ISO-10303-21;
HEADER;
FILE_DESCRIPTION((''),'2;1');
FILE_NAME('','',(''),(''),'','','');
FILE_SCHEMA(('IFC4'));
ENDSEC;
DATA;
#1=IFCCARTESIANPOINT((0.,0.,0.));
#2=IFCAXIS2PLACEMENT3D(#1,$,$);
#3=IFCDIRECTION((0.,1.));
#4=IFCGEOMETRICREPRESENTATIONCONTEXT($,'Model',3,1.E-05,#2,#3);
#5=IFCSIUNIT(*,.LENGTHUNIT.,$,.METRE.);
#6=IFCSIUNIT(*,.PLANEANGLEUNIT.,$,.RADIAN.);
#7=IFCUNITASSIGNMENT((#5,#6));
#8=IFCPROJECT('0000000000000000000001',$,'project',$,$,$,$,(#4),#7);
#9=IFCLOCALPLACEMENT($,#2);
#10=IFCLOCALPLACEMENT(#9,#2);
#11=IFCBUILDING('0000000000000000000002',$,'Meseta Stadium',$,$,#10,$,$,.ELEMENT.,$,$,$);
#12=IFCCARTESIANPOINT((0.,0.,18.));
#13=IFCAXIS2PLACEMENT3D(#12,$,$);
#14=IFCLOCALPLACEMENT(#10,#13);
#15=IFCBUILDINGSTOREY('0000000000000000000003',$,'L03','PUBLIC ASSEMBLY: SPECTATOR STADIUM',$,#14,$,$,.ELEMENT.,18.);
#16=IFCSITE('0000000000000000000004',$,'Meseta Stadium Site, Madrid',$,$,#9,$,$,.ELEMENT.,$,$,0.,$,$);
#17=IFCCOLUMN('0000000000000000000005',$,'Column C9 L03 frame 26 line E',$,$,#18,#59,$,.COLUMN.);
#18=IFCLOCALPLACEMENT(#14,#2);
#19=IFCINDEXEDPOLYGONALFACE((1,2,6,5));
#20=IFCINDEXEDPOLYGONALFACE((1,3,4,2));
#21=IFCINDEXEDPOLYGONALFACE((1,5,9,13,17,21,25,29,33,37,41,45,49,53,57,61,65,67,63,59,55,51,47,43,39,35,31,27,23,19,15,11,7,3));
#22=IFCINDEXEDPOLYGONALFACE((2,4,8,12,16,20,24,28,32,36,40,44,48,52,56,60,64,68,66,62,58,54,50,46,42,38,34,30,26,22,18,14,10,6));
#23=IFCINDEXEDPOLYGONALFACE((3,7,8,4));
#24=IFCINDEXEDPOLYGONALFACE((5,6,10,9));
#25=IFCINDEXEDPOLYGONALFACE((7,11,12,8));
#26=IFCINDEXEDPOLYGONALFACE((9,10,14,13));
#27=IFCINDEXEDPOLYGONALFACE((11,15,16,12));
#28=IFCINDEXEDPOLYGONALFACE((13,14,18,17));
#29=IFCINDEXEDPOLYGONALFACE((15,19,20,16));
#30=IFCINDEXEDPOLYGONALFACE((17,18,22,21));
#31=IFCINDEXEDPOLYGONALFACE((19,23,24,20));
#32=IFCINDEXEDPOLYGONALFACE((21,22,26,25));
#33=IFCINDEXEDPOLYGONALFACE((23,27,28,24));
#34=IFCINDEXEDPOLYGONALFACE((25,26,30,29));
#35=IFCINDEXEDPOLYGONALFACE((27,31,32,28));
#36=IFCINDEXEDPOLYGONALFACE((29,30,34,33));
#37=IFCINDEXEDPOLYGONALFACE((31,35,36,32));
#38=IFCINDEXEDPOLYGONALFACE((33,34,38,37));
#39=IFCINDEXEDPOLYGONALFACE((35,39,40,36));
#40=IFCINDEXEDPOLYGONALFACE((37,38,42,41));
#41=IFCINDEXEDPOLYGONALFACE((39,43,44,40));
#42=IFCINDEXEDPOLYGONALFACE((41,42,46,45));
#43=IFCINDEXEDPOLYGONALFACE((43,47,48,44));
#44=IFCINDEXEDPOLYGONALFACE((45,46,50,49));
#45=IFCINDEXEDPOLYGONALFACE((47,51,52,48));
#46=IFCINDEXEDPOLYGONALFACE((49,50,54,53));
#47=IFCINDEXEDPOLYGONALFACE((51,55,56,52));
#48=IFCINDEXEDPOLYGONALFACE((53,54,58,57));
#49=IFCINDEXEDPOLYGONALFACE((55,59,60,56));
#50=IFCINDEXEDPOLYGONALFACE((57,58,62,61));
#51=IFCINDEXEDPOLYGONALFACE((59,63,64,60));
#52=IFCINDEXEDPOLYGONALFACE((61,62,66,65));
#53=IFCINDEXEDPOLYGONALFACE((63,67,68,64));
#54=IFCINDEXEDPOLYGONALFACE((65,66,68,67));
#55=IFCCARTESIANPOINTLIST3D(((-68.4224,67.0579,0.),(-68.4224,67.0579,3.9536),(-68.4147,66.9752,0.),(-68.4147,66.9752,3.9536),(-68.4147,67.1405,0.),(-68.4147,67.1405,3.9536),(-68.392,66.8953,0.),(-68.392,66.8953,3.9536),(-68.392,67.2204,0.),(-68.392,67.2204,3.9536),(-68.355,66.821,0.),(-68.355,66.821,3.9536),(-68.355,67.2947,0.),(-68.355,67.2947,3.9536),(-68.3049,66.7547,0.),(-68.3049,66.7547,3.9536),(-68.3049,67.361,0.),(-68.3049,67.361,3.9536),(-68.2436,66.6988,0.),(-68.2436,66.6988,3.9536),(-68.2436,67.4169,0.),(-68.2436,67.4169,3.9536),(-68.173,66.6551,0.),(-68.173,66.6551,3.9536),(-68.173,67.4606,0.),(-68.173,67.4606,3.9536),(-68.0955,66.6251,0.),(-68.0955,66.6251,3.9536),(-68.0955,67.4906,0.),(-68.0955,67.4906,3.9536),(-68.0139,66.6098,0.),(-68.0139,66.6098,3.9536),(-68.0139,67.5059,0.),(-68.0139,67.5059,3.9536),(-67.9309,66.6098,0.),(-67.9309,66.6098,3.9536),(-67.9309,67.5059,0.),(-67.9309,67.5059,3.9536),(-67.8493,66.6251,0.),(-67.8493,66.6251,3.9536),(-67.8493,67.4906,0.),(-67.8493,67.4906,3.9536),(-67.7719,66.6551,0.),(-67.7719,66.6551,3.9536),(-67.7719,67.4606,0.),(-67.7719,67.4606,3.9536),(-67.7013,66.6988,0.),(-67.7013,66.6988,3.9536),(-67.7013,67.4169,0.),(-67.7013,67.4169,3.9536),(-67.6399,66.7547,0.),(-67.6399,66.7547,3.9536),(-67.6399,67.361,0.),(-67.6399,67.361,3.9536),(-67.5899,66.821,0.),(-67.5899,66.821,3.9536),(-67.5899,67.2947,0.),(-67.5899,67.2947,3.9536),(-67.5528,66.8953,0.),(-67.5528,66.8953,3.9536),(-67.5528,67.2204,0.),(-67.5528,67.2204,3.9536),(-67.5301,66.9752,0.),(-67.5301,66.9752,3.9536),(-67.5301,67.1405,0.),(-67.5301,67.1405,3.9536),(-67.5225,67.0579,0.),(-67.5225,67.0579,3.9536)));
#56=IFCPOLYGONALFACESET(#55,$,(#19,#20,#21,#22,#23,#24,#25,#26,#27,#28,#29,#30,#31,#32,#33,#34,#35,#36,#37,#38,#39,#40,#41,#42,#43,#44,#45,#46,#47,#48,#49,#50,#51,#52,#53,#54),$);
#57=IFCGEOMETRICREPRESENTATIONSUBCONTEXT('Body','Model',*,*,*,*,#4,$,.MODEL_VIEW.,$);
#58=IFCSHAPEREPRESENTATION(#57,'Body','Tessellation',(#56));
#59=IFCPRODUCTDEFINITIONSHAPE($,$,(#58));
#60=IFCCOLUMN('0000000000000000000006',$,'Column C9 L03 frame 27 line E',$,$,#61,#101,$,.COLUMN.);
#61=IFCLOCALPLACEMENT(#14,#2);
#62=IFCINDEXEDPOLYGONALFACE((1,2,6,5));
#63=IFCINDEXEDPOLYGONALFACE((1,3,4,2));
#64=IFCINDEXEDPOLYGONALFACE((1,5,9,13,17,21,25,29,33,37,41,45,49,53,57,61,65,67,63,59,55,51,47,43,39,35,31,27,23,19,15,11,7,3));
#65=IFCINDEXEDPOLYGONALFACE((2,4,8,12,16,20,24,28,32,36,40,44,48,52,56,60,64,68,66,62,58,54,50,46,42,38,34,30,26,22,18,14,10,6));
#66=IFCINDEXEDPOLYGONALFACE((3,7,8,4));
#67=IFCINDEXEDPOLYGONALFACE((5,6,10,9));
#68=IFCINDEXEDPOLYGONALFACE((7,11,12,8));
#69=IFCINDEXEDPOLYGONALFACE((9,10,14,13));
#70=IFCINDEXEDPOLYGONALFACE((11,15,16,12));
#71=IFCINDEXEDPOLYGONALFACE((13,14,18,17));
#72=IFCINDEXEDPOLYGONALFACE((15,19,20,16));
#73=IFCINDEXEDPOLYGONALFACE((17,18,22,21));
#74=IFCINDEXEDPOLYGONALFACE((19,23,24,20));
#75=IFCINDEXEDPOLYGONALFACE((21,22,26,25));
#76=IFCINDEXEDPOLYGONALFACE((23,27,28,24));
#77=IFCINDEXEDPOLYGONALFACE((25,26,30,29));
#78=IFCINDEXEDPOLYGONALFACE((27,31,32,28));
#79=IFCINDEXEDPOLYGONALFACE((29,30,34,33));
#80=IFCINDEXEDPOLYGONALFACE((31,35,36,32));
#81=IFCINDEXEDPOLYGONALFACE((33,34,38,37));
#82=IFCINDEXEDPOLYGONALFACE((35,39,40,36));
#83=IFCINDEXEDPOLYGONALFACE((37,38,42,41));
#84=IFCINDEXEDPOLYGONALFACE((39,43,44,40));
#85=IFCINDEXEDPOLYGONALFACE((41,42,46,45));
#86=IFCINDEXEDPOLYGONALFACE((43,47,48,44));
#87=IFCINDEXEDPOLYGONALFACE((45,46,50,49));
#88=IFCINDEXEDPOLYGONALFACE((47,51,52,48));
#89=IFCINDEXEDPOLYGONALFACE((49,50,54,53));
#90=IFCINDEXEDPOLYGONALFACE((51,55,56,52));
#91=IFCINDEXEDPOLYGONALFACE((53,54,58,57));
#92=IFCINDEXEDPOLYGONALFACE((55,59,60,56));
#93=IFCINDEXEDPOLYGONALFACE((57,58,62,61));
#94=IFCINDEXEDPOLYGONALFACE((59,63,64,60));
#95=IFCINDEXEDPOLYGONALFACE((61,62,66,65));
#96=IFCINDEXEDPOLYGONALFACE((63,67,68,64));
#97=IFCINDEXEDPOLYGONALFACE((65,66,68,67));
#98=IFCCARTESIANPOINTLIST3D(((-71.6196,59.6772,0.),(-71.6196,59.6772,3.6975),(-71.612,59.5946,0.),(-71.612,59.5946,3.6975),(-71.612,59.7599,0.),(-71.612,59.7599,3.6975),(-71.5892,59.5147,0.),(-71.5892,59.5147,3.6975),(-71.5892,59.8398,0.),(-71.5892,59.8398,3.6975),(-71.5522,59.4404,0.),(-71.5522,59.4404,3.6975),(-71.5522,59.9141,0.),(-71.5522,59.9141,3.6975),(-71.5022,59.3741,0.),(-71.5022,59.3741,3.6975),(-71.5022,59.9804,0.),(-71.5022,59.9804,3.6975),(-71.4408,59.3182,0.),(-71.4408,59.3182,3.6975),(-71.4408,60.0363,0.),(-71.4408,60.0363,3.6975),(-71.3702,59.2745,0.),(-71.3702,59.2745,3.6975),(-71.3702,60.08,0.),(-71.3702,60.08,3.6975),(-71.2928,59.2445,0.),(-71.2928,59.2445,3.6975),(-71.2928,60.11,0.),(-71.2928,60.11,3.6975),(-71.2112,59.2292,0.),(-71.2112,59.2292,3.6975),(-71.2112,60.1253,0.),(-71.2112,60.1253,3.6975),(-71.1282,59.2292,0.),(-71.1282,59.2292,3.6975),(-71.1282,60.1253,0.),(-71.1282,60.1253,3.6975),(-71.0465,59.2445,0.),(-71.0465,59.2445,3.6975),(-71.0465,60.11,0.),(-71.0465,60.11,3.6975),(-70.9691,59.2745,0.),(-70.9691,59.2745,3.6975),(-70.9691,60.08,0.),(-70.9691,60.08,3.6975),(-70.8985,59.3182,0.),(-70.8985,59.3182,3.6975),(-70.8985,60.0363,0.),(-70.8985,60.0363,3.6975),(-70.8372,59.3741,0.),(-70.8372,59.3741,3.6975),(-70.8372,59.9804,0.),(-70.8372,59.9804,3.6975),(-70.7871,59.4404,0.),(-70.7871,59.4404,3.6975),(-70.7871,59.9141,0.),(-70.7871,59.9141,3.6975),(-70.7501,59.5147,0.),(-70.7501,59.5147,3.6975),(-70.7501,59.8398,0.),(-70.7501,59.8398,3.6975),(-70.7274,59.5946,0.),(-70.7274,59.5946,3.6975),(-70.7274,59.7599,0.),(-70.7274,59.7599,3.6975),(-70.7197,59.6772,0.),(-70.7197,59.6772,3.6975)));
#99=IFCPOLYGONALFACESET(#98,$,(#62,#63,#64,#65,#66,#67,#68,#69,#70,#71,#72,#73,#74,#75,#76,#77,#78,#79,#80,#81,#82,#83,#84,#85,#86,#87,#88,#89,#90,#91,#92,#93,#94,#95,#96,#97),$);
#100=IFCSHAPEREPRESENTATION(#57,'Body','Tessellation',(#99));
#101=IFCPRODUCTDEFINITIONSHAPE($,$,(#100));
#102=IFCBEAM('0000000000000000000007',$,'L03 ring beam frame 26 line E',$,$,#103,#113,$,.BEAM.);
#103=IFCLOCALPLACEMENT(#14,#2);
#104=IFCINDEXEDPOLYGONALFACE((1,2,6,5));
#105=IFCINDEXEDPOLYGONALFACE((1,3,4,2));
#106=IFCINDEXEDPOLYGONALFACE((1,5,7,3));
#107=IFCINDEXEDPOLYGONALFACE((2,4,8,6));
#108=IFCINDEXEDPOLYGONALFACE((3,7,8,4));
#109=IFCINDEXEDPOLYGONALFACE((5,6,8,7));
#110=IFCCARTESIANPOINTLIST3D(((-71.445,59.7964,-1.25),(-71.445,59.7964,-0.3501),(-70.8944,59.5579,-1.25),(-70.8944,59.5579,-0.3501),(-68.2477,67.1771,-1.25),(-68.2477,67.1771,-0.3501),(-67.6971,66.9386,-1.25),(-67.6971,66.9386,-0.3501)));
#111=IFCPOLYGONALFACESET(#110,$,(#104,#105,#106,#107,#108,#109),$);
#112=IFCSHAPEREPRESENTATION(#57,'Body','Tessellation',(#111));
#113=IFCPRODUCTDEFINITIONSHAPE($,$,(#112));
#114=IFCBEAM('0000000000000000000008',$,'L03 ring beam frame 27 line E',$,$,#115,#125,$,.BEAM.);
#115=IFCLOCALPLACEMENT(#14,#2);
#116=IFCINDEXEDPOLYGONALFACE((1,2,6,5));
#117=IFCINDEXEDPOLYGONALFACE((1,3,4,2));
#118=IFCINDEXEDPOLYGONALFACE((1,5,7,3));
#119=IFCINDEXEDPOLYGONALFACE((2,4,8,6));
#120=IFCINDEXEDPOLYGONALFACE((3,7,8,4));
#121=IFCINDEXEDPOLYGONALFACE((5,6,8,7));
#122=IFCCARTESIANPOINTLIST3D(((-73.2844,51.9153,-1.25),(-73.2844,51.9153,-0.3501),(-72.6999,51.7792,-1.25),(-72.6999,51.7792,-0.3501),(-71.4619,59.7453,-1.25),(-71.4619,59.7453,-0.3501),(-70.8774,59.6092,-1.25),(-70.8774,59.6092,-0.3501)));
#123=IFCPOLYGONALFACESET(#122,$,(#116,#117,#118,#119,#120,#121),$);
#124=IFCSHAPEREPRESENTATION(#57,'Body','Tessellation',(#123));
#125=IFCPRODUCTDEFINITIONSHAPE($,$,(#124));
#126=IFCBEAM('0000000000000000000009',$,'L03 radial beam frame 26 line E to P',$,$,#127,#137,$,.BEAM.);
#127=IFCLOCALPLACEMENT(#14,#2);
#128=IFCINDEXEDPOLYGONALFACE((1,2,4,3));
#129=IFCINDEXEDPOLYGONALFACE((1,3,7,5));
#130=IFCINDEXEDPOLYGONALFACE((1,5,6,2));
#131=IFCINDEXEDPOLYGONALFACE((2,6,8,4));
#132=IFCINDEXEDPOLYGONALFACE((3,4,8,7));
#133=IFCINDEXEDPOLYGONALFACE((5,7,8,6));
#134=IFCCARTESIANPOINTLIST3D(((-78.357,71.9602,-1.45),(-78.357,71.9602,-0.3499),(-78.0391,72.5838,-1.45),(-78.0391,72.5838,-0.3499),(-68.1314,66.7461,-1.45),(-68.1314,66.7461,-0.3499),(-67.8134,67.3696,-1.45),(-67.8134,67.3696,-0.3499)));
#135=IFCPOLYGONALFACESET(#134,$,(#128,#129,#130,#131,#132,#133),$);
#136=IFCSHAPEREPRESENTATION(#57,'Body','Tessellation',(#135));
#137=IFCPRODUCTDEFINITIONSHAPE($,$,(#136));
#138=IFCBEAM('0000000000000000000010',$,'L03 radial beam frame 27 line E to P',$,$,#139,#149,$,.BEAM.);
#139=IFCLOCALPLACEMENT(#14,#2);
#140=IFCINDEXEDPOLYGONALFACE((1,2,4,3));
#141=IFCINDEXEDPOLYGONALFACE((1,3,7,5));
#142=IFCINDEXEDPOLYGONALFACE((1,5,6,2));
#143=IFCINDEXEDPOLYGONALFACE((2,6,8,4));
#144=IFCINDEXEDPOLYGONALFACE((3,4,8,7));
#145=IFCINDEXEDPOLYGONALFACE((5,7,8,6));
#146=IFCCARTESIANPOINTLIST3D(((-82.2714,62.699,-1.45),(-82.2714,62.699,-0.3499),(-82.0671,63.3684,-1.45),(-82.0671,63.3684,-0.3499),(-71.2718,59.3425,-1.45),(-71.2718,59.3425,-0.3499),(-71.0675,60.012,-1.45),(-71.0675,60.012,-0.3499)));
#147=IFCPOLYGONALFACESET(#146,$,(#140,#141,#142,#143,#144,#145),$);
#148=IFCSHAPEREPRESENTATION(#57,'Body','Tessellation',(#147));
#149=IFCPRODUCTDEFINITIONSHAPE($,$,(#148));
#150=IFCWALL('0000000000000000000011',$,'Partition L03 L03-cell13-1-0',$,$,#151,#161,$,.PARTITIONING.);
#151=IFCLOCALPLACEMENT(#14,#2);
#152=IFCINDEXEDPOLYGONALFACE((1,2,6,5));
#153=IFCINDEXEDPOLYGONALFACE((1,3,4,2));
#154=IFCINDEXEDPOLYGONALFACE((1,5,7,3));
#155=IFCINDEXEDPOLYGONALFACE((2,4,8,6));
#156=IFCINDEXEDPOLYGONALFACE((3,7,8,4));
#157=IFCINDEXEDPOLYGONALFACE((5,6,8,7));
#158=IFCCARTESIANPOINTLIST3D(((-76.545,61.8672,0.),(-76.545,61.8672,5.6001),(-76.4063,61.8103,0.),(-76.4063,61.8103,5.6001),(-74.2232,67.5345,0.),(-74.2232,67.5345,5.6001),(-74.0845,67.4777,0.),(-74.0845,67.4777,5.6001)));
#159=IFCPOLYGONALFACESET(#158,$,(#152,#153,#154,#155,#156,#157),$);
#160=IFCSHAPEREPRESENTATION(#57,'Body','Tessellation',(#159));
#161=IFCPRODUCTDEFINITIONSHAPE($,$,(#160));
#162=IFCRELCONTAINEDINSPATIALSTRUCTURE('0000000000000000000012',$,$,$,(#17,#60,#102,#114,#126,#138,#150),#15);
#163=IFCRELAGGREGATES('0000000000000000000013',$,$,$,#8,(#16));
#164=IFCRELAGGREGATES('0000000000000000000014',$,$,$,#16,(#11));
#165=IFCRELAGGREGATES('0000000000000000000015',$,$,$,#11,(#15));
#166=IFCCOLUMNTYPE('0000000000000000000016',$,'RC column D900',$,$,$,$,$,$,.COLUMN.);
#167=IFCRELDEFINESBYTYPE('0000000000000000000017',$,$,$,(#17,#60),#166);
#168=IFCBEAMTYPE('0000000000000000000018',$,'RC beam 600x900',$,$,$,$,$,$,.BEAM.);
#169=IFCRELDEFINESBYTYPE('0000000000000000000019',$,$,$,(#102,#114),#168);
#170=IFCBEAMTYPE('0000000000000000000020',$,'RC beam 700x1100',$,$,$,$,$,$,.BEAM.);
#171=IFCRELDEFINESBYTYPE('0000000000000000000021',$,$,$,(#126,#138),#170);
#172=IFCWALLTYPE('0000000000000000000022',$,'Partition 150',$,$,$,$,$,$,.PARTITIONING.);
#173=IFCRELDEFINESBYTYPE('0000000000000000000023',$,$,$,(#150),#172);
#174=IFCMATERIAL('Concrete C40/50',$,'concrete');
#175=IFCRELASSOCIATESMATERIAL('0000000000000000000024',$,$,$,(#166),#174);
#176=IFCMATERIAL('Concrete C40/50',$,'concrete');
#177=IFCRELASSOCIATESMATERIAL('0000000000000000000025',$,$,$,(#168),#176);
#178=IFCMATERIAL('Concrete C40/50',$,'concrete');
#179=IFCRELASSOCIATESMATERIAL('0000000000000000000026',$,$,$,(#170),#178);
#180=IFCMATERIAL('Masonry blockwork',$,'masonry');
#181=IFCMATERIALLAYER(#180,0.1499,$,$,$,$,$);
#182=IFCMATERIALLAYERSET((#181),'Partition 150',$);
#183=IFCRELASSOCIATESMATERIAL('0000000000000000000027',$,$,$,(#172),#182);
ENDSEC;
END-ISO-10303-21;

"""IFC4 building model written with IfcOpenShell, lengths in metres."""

from ifc_helpers import new_model, si_unit, direction, frame, frame_2d, origin, origin_2d, place, context, subcontext, project, spatial, rectangle, circle, extrude, material, layer, layer_set, material_profile, profile_set, type_object, element, save


model = new_model("IFC4")

# Units and contexts
model_context = context("Model", 3, precision=1e-05, world=origin(), true_north=direction((0.0, 1.0)))
body_context = subcontext(model_context, "Body", "Model", "MODEL_VIEW")
ifc_project = project(units=[si_unit("LENGTHUNIT", "METRE"), si_unit("PLANEANGLEUNIT", "RADIAN")], contexts=[model_context])

# Site, building, storey
site_placement = place(None, origin())
site = spatial("IfcSite", under=ifc_project, at=site_placement, Name="Meseta Stadium Site, Madrid", CompositionType="ELEMENT", RefElevation=0.0)
building_placement = place(site_placement, origin())
building = spatial("IfcBuilding", under=site, at=building_placement, Name="Meseta Stadium", CompositionType="ELEMENT")
storey_placement = place(building_placement, frame((0.0, 0.0, 18.0)))
storey = spatial("IfcBuildingStorey", under=building, at=storey_placement, Name="L03", Description="PUBLIC ASSEMBLY: SPECTATOR STADIUM", CompositionType="ELEMENT", Elevation=18.0)

# Columns
ifc_material_1 = material(Name="Concrete C40/50", Category="concrete")
ifc_material_profile_1 = material_profile(ifc_material_1, circle(Radius=0.45, at=origin_2d()), Name="RC D900")
ifc_profile_set_1 = profile_set([ifc_material_profile_1], Name="Concrete C40/50")
column_type = type_object("IfcColumnType", Name="RC column D900", PredefinedType="COLUMN", material=ifc_profile_set_1)
column_1_placement = place(storey_placement, frame((-67.9724, 67.0579, 0.0), z_axis=(0.0, 0.0, 1.0), x_axis=(1.0, 0.0, 0.0)))
element("IfcColumn", 1, at=column_1_placement, inside=storey, type_object=column_type, Name="Column C9 L03 frame 26 line E", PredefinedType="COLUMN", context=body_context, shape_type="SweptSolid", body=[
    extrude(circle(Radius=0.45, at=origin_2d()), origin(), (0.0, 0.0, 1.0), 3.9536),
])
column_2_placement = place(storey_placement, frame((-71.1697, 59.6772, 0.0), z_axis=(0.0, 0.0, 1.0), x_axis=(1.0, 0.0, 0.0)))
element("IfcColumn", 2, at=column_2_placement, inside=storey, type_object=column_type, Name="Column C9 L03 frame 27 line E", PredefinedType="COLUMN", context=body_context, shape_type="SweptSolid", body=[
    extrude(circle(Radius=0.45, at=origin_2d()), origin(), (0.0, 0.0, 1.0), 3.6975),
])

# Beams
ifc_material_2 = material(Name="Concrete C40/50", Category="concrete")
ifc_material_profile_2 = material_profile(ifc_material_2, rectangle(XDim=0.6001, YDim=0.8999, at=origin_2d()), Name="RC 600x900")
ifc_profile_set_2 = profile_set([ifc_material_profile_2], Name="Concrete C40/50")
beam_type_1 = type_object("IfcBeamType", Name="RC beam 600x900", PredefinedType="BEAM", material=ifc_profile_set_2)
beam_1_placement = place(storey_placement, frame((-67.9724, 67.0579, -0.8), z_axis=(-0.397503, -0.917601, 0.0), x_axis=(0.917601, -0.397503, 0.0)))
element("IfcBeam", 3, at=beam_1_placement, inside=storey, type_object=beam_type_1, Name="L03 ring beam frame 26 line E", PredefinedType="BEAM", context=body_context, shape_type="SweptSolid", body=[
    extrude(rectangle(XDim=0.6001, YDim=0.8999, at=origin_2d()), origin(), (0.0, 0.0, 1.0), 8.0435),
])
beam_2_placement = place(storey_placement, frame((-71.1697, 59.6772, -0.8), z_axis=(-0.226698, -0.973965, 0.0), x_axis=(0.973965, -0.226698, 0.0)))
element("IfcBeam", 4, at=beam_2_placement, inside=storey, type_object=beam_type_1, Name="L03 ring beam frame 27 line E", PredefinedType="BEAM", context=body_context, shape_type="SweptSolid", body=[
    extrude(rectangle(XDim=0.6001, YDim=0.8999, at=origin_2d()), origin(), (0.0, 0.0, 1.0), 8.0393),
])
ifc_material_3 = material(Name="Concrete C40/50", Category="concrete")
ifc_material_profile_3 = material_profile(ifc_material_3, rectangle(XDim=0.7, YDim=1.1001, at=origin_2d()), Name="RC 700x1100")
ifc_profile_set_3 = profile_set([ifc_material_profile_3], Name="Concrete C40/50")
beam_type_2 = type_object("IfcBeamType", Name="RC beam 700x1100", PredefinedType="BEAM", material=ifc_profile_set_3)
beam_3_placement = place(storey_placement, frame((-67.9724, 67.0579, -0.8999), z_axis=(-0.890869, 0.454261, 0.0), x_axis=(-0.454261, -0.890869, 0.0)))
element("IfcBeam", 5, at=beam_3_placement, inside=storey, type_object=beam_type_2, Name="L03 radial beam frame 26 line E to P", PredefinedType="BEAM", context=body_context, shape_type="SweptSolid", body=[
    extrude(rectangle(XDim=0.7, YDim=1.1001, at=origin_2d()), origin(), (0.0, 0.0, 1.0), 11.4783),
])
beam_4_placement = place(storey_placement, frame((-71.1697, 59.6772, -0.8999), z_axis=(-0.956461, 0.291859, 0.0), x_axis=(-0.291859, -0.956461, 0.0)))
element("IfcBeam", 6, at=beam_4_placement, inside=storey, type_object=beam_type_2, Name="L03 radial beam frame 27 line E to P", PredefinedType="BEAM", context=body_context, shape_type="SweptSolid", body=[
    extrude(rectangle(XDim=0.7, YDim=1.1001, at=origin_2d()), origin(), (0.0, 0.0, 1.0), 11.5002),
])

# Wall
ifc_material_4 = material(Name="Masonry blockwork", Category="masonry")
ifc_layer_1 = layer(ifc_material_4, 0.1499)
ifc_layer_set_1 = layer_set([ifc_layer_1], Name="Partition 150")
wall_type = type_object("IfcWallType", Name="Partition 150", PredefinedType="PARTITIONING", material=ifc_layer_set_1)
wall_placement = place(storey_placement, frame((-74.1538, 67.5061, 0.0), z_axis=(0.0, 0.0, 1.0), x_axis=(-0.379103, -0.925354, 0.0)))
element("IfcWall", 7, at=wall_placement, inside=storey, type_object=wall_type, Name="Partition L03 L03-cell13-1-0", PredefinedType="PARTITIONING", context=body_context, shape_type="SweptSolid", body=[
    extrude(rectangle(XDim=6.1245, YDim=0.1499, at=frame_2d((3.0623, 0.0))), origin(), (0.0, 0.0, 1.0), 5.6001),
])

save(model, "model.ifc")
